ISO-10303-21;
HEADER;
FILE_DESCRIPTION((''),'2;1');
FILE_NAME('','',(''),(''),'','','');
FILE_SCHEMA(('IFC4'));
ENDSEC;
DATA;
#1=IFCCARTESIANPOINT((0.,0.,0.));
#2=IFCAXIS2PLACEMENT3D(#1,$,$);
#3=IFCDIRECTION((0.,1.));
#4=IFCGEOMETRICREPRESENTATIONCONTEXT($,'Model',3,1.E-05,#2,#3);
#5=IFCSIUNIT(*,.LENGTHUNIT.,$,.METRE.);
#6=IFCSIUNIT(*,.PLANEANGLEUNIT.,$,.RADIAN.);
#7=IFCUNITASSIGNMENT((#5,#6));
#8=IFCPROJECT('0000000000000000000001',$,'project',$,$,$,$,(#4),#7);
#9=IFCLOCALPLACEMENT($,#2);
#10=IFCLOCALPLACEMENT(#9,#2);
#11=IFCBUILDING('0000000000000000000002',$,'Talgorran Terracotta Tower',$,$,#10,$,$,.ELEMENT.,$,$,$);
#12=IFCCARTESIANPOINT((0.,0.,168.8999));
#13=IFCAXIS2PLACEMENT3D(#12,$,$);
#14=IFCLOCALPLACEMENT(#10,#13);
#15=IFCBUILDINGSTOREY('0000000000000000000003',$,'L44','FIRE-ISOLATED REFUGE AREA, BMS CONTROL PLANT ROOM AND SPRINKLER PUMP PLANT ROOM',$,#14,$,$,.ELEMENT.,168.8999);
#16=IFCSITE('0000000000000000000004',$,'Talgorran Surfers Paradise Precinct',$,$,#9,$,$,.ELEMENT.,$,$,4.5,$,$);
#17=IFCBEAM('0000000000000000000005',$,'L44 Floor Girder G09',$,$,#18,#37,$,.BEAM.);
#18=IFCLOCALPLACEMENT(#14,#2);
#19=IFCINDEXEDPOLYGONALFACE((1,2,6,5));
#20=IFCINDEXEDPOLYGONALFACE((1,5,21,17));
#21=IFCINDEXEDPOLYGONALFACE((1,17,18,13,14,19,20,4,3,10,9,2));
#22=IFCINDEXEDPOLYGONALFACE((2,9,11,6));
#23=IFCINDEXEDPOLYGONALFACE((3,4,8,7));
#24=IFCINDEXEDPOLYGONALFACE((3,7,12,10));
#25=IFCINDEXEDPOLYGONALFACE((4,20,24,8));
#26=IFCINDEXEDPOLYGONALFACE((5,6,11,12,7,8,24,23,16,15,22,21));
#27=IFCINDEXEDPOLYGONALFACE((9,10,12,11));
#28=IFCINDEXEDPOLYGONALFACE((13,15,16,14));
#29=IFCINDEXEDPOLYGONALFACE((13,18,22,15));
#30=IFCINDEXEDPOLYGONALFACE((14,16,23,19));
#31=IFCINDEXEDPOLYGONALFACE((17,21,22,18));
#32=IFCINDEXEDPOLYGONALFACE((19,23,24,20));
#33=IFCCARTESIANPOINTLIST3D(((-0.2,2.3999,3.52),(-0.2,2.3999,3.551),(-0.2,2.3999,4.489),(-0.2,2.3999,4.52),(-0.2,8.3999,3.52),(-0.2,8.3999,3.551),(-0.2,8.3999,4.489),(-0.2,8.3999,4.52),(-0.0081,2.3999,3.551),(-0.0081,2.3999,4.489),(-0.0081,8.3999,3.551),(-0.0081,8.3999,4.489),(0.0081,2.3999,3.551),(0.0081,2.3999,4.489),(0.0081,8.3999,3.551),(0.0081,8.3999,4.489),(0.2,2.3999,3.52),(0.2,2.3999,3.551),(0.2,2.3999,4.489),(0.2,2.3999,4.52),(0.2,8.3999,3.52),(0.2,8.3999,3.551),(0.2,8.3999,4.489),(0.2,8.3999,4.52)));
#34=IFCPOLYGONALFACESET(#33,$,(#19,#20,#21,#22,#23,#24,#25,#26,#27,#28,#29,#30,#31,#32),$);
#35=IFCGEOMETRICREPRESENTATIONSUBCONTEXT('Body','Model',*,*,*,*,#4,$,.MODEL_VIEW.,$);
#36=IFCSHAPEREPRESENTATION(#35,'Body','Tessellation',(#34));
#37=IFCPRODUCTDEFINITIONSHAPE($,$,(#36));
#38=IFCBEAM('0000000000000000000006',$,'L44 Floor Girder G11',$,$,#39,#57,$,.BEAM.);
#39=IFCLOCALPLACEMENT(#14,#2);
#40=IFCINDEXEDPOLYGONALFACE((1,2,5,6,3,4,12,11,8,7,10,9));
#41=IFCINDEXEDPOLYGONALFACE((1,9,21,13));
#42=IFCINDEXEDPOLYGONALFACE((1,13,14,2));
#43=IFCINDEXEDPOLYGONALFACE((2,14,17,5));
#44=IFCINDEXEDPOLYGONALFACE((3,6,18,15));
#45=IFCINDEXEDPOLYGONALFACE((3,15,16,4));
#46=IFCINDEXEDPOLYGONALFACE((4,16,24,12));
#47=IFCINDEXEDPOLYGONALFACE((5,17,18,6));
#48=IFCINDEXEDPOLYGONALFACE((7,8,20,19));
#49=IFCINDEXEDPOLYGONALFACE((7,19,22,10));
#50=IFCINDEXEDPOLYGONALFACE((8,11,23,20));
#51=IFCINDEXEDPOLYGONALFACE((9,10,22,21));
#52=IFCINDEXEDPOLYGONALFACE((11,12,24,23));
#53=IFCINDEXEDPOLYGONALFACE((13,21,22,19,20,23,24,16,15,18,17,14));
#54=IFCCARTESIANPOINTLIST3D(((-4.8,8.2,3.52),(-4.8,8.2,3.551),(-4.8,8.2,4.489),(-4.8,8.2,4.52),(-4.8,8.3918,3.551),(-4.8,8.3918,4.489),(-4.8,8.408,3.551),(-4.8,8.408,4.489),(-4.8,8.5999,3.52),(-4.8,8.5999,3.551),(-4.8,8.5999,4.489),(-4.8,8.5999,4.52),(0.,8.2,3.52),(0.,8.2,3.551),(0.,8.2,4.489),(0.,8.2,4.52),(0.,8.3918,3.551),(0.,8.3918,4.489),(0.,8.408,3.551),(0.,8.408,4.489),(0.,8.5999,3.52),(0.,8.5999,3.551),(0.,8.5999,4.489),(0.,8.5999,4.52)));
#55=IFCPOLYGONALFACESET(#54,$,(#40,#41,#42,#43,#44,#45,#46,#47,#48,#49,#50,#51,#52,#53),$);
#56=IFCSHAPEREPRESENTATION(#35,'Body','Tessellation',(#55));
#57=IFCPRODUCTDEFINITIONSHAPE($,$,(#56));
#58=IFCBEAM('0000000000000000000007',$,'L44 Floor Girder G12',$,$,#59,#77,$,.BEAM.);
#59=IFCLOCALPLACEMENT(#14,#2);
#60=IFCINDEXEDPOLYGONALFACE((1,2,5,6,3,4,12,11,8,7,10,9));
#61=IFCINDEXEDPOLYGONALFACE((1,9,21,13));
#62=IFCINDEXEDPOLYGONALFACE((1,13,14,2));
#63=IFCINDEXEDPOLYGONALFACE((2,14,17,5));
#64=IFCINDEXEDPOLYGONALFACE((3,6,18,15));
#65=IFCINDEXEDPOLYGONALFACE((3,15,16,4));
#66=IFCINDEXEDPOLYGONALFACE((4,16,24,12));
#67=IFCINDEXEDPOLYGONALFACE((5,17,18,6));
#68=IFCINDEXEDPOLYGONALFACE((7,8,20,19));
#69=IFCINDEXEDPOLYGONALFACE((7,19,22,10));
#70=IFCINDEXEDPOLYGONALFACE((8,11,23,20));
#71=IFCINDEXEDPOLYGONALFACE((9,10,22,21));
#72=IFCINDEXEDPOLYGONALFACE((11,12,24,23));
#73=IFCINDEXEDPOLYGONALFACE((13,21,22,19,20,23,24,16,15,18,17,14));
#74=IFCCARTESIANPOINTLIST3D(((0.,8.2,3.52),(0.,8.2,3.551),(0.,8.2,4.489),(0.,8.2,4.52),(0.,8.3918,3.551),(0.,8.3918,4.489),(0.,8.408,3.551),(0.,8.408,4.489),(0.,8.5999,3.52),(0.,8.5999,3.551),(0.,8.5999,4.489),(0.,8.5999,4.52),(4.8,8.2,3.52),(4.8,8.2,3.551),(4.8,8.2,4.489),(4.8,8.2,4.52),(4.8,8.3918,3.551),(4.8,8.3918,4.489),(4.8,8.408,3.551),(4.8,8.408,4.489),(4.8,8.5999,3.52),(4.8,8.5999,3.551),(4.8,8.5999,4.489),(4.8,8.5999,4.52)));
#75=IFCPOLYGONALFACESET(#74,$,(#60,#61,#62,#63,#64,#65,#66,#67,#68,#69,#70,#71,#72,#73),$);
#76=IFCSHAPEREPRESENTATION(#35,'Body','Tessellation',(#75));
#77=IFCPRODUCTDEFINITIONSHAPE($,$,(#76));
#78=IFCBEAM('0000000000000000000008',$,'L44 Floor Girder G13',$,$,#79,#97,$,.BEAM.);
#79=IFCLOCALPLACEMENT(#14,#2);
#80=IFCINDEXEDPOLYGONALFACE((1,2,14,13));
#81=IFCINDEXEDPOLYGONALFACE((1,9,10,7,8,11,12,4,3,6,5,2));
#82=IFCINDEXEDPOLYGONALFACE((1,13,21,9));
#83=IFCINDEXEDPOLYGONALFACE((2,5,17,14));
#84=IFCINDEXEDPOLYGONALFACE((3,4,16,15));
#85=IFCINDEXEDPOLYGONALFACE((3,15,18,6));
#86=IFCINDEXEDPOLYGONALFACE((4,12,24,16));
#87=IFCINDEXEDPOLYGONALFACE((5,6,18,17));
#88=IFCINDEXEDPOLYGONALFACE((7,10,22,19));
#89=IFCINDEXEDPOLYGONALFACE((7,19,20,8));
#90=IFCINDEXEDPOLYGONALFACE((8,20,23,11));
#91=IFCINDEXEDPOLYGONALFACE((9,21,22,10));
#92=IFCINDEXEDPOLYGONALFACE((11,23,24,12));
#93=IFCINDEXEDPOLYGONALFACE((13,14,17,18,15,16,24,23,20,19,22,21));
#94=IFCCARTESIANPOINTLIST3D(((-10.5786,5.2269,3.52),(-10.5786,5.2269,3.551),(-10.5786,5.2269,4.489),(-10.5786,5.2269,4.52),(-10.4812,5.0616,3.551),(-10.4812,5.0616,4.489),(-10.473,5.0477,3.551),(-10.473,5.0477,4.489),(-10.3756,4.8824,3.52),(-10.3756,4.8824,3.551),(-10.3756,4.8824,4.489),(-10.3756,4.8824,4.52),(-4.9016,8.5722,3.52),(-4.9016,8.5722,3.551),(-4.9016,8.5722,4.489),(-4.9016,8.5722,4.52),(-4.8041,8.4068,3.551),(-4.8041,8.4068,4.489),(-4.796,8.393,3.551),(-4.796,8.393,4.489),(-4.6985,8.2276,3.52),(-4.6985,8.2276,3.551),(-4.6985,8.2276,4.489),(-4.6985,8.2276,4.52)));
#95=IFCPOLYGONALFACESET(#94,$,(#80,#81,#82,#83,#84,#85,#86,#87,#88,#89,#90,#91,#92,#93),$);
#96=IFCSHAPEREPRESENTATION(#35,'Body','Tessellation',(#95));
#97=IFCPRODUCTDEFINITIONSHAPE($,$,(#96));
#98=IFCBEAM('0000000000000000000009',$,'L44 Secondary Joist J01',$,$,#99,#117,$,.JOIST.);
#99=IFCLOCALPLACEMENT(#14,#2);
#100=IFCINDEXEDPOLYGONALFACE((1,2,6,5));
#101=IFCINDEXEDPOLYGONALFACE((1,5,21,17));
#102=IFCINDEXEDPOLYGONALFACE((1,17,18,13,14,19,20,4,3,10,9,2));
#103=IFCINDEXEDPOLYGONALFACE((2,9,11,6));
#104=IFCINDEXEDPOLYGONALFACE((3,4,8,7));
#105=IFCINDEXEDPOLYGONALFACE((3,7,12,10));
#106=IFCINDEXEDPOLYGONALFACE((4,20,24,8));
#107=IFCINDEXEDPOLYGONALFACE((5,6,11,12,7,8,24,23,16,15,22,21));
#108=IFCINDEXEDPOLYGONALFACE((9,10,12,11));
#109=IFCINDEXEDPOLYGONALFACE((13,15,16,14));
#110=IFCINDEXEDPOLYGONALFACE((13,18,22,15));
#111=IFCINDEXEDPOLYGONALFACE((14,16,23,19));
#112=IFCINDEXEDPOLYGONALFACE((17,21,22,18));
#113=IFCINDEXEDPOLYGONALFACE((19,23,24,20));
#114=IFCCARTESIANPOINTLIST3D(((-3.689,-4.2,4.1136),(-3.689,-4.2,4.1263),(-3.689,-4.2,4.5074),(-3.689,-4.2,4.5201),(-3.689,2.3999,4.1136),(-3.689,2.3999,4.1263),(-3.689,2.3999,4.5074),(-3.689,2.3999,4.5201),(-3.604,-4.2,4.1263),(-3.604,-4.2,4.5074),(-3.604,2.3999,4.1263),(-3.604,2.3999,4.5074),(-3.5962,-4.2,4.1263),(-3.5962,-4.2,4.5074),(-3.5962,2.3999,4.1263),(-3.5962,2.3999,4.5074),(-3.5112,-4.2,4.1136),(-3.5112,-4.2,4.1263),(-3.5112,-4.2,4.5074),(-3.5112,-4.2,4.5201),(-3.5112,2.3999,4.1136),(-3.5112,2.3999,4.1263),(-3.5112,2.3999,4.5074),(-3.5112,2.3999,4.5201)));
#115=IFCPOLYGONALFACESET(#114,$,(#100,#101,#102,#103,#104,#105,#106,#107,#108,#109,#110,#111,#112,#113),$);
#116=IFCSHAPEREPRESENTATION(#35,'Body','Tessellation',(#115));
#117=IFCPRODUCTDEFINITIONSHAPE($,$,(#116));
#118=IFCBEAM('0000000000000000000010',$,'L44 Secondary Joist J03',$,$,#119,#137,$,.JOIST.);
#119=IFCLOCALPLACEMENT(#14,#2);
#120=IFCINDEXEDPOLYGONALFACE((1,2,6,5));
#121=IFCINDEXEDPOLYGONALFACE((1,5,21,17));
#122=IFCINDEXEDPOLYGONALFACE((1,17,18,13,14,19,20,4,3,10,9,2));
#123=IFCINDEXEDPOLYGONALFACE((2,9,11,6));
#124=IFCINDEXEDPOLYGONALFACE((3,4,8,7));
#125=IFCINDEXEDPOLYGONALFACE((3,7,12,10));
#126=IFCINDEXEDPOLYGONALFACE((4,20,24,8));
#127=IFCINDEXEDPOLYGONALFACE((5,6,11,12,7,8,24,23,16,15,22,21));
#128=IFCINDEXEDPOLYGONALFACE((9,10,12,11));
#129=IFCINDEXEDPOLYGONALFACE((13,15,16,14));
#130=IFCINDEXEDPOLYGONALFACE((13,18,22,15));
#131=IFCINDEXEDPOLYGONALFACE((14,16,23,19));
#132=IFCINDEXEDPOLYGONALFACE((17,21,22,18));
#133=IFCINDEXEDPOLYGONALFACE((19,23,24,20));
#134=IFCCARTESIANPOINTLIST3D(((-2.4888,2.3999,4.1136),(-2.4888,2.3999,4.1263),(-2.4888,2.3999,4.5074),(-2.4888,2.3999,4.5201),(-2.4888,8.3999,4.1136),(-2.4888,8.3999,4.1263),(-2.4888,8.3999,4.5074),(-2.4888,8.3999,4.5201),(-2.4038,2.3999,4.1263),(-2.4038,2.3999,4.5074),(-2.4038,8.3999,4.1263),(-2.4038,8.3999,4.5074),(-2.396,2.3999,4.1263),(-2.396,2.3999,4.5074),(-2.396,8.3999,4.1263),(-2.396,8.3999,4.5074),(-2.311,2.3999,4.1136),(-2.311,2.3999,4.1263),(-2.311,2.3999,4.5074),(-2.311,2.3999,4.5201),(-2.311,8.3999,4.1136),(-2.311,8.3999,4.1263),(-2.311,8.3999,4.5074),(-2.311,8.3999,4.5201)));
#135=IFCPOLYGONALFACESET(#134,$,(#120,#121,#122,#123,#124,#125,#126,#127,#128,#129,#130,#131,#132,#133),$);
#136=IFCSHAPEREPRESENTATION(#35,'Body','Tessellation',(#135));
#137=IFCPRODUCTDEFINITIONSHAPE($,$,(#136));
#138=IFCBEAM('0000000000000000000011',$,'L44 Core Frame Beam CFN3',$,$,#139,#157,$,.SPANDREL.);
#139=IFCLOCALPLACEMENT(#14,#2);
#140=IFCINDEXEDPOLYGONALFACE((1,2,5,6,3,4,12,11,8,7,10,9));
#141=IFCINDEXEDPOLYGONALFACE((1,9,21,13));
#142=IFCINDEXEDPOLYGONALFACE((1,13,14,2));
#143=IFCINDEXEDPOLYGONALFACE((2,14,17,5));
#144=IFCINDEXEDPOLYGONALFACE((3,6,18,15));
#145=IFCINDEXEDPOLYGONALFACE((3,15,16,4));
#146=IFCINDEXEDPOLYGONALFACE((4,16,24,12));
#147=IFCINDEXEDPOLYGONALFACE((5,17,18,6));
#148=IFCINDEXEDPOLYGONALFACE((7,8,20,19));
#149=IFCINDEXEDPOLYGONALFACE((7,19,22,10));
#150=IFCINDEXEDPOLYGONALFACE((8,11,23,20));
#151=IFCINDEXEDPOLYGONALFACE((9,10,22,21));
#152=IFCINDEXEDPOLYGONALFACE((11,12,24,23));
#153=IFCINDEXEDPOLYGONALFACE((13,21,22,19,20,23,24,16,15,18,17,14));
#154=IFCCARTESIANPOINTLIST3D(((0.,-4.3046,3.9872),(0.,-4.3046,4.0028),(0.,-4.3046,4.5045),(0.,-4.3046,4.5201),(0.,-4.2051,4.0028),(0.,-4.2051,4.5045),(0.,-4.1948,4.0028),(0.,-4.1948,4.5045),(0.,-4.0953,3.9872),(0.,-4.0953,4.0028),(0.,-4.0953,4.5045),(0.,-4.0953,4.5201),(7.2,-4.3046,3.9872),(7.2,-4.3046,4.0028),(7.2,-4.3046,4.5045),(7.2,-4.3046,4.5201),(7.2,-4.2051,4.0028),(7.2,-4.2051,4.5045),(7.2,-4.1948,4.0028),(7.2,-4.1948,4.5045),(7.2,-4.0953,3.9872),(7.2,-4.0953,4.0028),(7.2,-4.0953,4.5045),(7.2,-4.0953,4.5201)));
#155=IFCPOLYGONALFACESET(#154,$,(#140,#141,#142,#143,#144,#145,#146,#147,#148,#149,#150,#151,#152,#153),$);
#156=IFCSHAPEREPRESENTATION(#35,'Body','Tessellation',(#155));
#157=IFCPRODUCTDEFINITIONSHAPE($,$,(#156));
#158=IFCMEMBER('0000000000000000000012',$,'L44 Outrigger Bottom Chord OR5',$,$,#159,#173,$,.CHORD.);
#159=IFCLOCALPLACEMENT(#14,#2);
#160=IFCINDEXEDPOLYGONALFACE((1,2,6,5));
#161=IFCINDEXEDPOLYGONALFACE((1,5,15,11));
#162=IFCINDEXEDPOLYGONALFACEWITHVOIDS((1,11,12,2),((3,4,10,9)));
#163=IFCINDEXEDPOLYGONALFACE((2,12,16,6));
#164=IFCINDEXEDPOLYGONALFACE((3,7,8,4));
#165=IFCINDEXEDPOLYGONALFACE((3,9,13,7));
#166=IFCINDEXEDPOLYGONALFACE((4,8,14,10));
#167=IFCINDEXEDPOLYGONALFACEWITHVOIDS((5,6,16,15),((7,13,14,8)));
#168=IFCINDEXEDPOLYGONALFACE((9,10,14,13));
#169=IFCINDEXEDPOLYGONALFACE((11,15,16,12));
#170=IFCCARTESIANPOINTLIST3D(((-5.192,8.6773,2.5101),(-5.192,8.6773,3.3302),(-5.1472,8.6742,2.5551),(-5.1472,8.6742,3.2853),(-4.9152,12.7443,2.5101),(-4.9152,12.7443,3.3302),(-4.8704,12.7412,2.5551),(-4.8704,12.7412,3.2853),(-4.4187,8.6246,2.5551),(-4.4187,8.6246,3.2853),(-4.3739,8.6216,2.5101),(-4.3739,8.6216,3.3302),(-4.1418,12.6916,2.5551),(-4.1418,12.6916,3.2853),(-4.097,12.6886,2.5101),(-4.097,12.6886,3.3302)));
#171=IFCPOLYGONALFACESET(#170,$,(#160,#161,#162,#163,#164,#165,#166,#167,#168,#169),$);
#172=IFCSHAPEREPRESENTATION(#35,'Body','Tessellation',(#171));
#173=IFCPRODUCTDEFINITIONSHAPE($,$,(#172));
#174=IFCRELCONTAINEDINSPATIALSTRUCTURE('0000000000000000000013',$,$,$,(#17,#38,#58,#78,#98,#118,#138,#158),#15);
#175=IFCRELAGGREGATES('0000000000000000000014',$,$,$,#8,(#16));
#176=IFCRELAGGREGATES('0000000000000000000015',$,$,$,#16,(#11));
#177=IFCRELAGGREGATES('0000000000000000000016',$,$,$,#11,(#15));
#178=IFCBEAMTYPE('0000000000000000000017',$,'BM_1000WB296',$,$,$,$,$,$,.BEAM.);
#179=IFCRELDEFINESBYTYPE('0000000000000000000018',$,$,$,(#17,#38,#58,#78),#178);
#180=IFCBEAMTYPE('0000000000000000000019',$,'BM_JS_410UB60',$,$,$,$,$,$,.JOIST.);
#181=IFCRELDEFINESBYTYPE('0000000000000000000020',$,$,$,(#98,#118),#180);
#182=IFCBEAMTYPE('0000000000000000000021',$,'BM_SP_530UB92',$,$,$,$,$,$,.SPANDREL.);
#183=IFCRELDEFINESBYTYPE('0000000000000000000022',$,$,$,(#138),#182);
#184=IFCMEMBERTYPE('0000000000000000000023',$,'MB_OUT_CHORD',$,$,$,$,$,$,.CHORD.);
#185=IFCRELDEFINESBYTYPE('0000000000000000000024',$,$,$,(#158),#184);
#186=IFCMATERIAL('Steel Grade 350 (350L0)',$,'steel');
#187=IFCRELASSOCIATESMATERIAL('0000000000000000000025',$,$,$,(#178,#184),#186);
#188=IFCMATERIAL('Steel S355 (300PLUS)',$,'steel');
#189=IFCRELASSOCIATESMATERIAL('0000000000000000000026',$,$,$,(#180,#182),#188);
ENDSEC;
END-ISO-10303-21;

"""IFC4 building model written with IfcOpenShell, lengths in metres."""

from ifc_helpers import new_model, si_unit, direction, frame, origin, origin_2d, place, context, subcontext, project, spatial, hollow_rectangle, i_section, extrude, material, material_profile, profile_set, type_object, element, save


model = new_model("IFC4")

# Units and contexts
model_context = context("Model", 3, precision=1e-05, world=origin(), true_north=direction((0.0, 1.0)))
body_context = subcontext(model_context, "Body", "Model", "MODEL_VIEW")
ifc_project = project(units=[si_unit("LENGTHUNIT", "METRE"), si_unit("PLANEANGLEUNIT", "RADIAN")], contexts=[model_context])

# Site, building, storey
site_placement = place(None, origin())
site = spatial("IfcSite", under=ifc_project, at=site_placement, Name="Talgorran Surfers Paradise Precinct", CompositionType="ELEMENT", RefElevation=4.5)
building_placement = place(site_placement, origin())
building = spatial("IfcBuilding", under=site, at=building_placement, Name="Talgorran Terracotta Tower", CompositionType="ELEMENT")
storey_placement = place(building_placement, frame((0.0, 0.0, 168.8999)))
storey = spatial("IfcBuildingStorey", under=building, at=storey_placement, Name="L44", Description="FIRE-ISOLATED REFUGE AREA, BMS CONTROL PLANT ROOM AND SPRINKLER PUMP PLANT ROOM", CompositionType="ELEMENT", Elevation=168.8999)

# Shared definitions
ifc_material_1 = material(Name="Steel S355 (300PLUS)", Category="steel")

# Beams
ifc_material_2 = material(Name="Steel Grade 350 (350L0)", Category="steel")
ifc_material_profile_1 = material_profile(ifc_material_2, i_section(OverallWidth=0.3999, OverallDepth=1.0, WebThickness=0.0161, FlangeThickness=0.031, at=origin_2d()), Name="1000WB296")
ifc_profile_set_1 = profile_set([ifc_material_profile_1], Name="Steel Grade 350 (350L0)")
beam_type_1 = type_object("IfcBeamType", Name="BM_1000WB296", PredefinedType="BEAM", material=ifc_profile_set_1)
beam_1_placement = place(storey_placement, frame((0.0, 2.3999, 4.02), z_axis=(0.0, 1.0, 0.0), x_axis=(-1.0, 0.0, 0.0)))
element("IfcBeam", 1, at=beam_1_placement, inside=storey, type_object=beam_type_1, Name="L44 Floor Girder G09", PredefinedType="BEAM", context=body_context, shape_type="SweptSolid", body=[
    extrude(i_section(OverallWidth=0.3999, OverallDepth=1.0, WebThickness=0.0161, FlangeThickness=0.031, at=origin_2d()), origin(), (0.0, 0.0, 1.0), 6.0),
])
for number, where, z_axis, x_axis, name in (
    (2, (-4.8, 8.3999, 4.02), (1.0, 0.0, 0.0), (0.0, 1.0, 0.0), "L44 Floor Girder G11"),
    (3, (0.0, 8.3999, 4.02), (1.0, 0.0, 0.0), (0.0, 1.0, 0.0), "L44 Floor Girder G12"),
):
    element("IfcBeam", number, at=place(storey_placement, frame(where, z_axis=z_axis, x_axis=x_axis)), inside=storey, type_object=beam_type_1, Name=name, PredefinedType="BEAM", context=body_context, shape_type="SweptSolid", body=[
        extrude(i_section(OverallWidth=0.3999, OverallDepth=1.0, WebThickness=0.0161, FlangeThickness=0.031, at=origin_2d()), origin(), (0.0, 0.0, 1.0), 4.8),
    ])
beam_2_placement = place(storey_placement, frame((-4.8, 8.3999, 4.02), z_axis=(-0.861549, -0.507674, 0.0), x_axis=(0.507674, -0.861549, 0.0)))
element("IfcBeam", 4, at=beam_2_placement, inside=storey, type_object=beam_type_1, Name="L44 Floor Girder G13", PredefinedType="BEAM", context=body_context, shape_type="SweptSolid", body=[
    extrude(i_section(OverallWidth=0.3999, OverallDepth=1.0, WebThickness=0.0161, FlangeThickness=0.031, at=origin_2d()), origin(), (0.0, 0.0, 1.0), 6.5894),
])
ifc_material_profile_2 = material_profile(ifc_material_1, i_section(OverallWidth=0.1777, OverallDepth=0.4065, WebThickness=0.0078, FlangeThickness=0.0127, at=origin_2d()), Name="410UB59.7")
ifc_profile_set_2 = profile_set([ifc_material_profile_2], Name="Steel S355 (300PLUS)")
beam_type_2 = type_object("IfcBeamType", Name="BM_JS_410UB60", PredefinedType="JOIST", material=ifc_profile_set_2)
beam_3_placement = place(storey_placement, frame((-3.6001, -4.2, 4.3169), z_axis=(0.0, 1.0, 0.0), x_axis=(-1.0, 0.0, 0.0)))
element("IfcBeam", 5, at=beam_3_placement, inside=storey, type_object=beam_type_2, Name="L44 Secondary Joist J01", PredefinedType="JOIST", context=body_context, shape_type="SweptSolid", body=[
    extrude(i_section(OverallWidth=0.1777, OverallDepth=0.4065, WebThickness=0.0078, FlangeThickness=0.0127, at=origin_2d()), origin(), (0.0, 0.0, 1.0), 6.5999),
])
beam_4_placement = place(storey_placement, frame((-2.3999, 2.3999, 4.3169), z_axis=(0.0, 1.0, 0.0), x_axis=(-1.0, 0.0, 0.0)))
element("IfcBeam", 6, at=beam_4_placement, inside=storey, type_object=beam_type_2, Name="L44 Secondary Joist J03", PredefinedType="JOIST", context=body_context, shape_type="SweptSolid", body=[
    extrude(i_section(OverallWidth=0.1777, OverallDepth=0.4065, WebThickness=0.0078, FlangeThickness=0.0127, at=origin_2d()), origin(), (0.0, 0.0, 1.0), 6.0),
])
ifc_material_profile_3 = material_profile(ifc_material_1, i_section(OverallWidth=0.2092, OverallDepth=0.533, WebThickness=0.0103, FlangeThickness=0.0156, at=origin_2d()), Name="530UB92.4")
ifc_profile_set_3 = profile_set([ifc_material_profile_3], Name="Steel S355 (300PLUS)")
beam_type_3 = type_object("IfcBeamType", Name="BM_SP_530UB92", PredefinedType="SPANDREL", material=ifc_profile_set_3)
beam_5_placement = place(storey_placement, frame((0.0, -4.2, 4.2537), z_axis=(1.0, 0.0, 0.0), x_axis=(0.0, 1.0, 0.0)))
element("IfcBeam", 7, at=beam_5_placement, inside=storey, type_object=beam_type_3, Name="L44 Core Frame Beam CFN3", PredefinedType="SPANDREL", context=body_context, shape_type="SweptSolid", body=[
    extrude(i_section(OverallWidth=0.2092, OverallDepth=0.533, WebThickness=0.0103, FlangeThickness=0.0156, at=origin_2d()), origin(), (0.0, 0.0, 1.0), 7.2),
])

# Member
ifc_material_profile_4 = material_profile(ifc_material_2, hollow_rectangle(XDim=0.8201, YDim=0.8201, WallThickness=0.0449, at=origin_2d()), Name="WBOX820X820X45")
ifc_profile_set_4 = profile_set([ifc_material_profile_4], Name="Steel Grade 350 (350L0)")
member_type_1 = type_object("IfcMemberType", Name="MB_OUT_CHORD", PredefinedType="CHORD", material=ifc_profile_set_4)
member_1_placement = place(storey_placement, frame((-4.783, 8.6494, 2.9202), z_axis=(0.067918, 0.997691, 0.0), x_axis=(-0.997691, 0.067918, 0.0)))
element("IfcMember", 8, at=member_1_placement, inside=storey, type_object=member_type_1, Name="L44 Outrigger Bottom Chord OR5", PredefinedType="CHORD", context=body_context, shape_type="SweptSolid", body=[
    extrude(hollow_rectangle(XDim=0.8201, YDim=0.8201, WallThickness=0.0449, at=origin_2d()), origin(), (0.0, 0.0, 1.0), 4.0764),
])

save(model, "model.ifc")
